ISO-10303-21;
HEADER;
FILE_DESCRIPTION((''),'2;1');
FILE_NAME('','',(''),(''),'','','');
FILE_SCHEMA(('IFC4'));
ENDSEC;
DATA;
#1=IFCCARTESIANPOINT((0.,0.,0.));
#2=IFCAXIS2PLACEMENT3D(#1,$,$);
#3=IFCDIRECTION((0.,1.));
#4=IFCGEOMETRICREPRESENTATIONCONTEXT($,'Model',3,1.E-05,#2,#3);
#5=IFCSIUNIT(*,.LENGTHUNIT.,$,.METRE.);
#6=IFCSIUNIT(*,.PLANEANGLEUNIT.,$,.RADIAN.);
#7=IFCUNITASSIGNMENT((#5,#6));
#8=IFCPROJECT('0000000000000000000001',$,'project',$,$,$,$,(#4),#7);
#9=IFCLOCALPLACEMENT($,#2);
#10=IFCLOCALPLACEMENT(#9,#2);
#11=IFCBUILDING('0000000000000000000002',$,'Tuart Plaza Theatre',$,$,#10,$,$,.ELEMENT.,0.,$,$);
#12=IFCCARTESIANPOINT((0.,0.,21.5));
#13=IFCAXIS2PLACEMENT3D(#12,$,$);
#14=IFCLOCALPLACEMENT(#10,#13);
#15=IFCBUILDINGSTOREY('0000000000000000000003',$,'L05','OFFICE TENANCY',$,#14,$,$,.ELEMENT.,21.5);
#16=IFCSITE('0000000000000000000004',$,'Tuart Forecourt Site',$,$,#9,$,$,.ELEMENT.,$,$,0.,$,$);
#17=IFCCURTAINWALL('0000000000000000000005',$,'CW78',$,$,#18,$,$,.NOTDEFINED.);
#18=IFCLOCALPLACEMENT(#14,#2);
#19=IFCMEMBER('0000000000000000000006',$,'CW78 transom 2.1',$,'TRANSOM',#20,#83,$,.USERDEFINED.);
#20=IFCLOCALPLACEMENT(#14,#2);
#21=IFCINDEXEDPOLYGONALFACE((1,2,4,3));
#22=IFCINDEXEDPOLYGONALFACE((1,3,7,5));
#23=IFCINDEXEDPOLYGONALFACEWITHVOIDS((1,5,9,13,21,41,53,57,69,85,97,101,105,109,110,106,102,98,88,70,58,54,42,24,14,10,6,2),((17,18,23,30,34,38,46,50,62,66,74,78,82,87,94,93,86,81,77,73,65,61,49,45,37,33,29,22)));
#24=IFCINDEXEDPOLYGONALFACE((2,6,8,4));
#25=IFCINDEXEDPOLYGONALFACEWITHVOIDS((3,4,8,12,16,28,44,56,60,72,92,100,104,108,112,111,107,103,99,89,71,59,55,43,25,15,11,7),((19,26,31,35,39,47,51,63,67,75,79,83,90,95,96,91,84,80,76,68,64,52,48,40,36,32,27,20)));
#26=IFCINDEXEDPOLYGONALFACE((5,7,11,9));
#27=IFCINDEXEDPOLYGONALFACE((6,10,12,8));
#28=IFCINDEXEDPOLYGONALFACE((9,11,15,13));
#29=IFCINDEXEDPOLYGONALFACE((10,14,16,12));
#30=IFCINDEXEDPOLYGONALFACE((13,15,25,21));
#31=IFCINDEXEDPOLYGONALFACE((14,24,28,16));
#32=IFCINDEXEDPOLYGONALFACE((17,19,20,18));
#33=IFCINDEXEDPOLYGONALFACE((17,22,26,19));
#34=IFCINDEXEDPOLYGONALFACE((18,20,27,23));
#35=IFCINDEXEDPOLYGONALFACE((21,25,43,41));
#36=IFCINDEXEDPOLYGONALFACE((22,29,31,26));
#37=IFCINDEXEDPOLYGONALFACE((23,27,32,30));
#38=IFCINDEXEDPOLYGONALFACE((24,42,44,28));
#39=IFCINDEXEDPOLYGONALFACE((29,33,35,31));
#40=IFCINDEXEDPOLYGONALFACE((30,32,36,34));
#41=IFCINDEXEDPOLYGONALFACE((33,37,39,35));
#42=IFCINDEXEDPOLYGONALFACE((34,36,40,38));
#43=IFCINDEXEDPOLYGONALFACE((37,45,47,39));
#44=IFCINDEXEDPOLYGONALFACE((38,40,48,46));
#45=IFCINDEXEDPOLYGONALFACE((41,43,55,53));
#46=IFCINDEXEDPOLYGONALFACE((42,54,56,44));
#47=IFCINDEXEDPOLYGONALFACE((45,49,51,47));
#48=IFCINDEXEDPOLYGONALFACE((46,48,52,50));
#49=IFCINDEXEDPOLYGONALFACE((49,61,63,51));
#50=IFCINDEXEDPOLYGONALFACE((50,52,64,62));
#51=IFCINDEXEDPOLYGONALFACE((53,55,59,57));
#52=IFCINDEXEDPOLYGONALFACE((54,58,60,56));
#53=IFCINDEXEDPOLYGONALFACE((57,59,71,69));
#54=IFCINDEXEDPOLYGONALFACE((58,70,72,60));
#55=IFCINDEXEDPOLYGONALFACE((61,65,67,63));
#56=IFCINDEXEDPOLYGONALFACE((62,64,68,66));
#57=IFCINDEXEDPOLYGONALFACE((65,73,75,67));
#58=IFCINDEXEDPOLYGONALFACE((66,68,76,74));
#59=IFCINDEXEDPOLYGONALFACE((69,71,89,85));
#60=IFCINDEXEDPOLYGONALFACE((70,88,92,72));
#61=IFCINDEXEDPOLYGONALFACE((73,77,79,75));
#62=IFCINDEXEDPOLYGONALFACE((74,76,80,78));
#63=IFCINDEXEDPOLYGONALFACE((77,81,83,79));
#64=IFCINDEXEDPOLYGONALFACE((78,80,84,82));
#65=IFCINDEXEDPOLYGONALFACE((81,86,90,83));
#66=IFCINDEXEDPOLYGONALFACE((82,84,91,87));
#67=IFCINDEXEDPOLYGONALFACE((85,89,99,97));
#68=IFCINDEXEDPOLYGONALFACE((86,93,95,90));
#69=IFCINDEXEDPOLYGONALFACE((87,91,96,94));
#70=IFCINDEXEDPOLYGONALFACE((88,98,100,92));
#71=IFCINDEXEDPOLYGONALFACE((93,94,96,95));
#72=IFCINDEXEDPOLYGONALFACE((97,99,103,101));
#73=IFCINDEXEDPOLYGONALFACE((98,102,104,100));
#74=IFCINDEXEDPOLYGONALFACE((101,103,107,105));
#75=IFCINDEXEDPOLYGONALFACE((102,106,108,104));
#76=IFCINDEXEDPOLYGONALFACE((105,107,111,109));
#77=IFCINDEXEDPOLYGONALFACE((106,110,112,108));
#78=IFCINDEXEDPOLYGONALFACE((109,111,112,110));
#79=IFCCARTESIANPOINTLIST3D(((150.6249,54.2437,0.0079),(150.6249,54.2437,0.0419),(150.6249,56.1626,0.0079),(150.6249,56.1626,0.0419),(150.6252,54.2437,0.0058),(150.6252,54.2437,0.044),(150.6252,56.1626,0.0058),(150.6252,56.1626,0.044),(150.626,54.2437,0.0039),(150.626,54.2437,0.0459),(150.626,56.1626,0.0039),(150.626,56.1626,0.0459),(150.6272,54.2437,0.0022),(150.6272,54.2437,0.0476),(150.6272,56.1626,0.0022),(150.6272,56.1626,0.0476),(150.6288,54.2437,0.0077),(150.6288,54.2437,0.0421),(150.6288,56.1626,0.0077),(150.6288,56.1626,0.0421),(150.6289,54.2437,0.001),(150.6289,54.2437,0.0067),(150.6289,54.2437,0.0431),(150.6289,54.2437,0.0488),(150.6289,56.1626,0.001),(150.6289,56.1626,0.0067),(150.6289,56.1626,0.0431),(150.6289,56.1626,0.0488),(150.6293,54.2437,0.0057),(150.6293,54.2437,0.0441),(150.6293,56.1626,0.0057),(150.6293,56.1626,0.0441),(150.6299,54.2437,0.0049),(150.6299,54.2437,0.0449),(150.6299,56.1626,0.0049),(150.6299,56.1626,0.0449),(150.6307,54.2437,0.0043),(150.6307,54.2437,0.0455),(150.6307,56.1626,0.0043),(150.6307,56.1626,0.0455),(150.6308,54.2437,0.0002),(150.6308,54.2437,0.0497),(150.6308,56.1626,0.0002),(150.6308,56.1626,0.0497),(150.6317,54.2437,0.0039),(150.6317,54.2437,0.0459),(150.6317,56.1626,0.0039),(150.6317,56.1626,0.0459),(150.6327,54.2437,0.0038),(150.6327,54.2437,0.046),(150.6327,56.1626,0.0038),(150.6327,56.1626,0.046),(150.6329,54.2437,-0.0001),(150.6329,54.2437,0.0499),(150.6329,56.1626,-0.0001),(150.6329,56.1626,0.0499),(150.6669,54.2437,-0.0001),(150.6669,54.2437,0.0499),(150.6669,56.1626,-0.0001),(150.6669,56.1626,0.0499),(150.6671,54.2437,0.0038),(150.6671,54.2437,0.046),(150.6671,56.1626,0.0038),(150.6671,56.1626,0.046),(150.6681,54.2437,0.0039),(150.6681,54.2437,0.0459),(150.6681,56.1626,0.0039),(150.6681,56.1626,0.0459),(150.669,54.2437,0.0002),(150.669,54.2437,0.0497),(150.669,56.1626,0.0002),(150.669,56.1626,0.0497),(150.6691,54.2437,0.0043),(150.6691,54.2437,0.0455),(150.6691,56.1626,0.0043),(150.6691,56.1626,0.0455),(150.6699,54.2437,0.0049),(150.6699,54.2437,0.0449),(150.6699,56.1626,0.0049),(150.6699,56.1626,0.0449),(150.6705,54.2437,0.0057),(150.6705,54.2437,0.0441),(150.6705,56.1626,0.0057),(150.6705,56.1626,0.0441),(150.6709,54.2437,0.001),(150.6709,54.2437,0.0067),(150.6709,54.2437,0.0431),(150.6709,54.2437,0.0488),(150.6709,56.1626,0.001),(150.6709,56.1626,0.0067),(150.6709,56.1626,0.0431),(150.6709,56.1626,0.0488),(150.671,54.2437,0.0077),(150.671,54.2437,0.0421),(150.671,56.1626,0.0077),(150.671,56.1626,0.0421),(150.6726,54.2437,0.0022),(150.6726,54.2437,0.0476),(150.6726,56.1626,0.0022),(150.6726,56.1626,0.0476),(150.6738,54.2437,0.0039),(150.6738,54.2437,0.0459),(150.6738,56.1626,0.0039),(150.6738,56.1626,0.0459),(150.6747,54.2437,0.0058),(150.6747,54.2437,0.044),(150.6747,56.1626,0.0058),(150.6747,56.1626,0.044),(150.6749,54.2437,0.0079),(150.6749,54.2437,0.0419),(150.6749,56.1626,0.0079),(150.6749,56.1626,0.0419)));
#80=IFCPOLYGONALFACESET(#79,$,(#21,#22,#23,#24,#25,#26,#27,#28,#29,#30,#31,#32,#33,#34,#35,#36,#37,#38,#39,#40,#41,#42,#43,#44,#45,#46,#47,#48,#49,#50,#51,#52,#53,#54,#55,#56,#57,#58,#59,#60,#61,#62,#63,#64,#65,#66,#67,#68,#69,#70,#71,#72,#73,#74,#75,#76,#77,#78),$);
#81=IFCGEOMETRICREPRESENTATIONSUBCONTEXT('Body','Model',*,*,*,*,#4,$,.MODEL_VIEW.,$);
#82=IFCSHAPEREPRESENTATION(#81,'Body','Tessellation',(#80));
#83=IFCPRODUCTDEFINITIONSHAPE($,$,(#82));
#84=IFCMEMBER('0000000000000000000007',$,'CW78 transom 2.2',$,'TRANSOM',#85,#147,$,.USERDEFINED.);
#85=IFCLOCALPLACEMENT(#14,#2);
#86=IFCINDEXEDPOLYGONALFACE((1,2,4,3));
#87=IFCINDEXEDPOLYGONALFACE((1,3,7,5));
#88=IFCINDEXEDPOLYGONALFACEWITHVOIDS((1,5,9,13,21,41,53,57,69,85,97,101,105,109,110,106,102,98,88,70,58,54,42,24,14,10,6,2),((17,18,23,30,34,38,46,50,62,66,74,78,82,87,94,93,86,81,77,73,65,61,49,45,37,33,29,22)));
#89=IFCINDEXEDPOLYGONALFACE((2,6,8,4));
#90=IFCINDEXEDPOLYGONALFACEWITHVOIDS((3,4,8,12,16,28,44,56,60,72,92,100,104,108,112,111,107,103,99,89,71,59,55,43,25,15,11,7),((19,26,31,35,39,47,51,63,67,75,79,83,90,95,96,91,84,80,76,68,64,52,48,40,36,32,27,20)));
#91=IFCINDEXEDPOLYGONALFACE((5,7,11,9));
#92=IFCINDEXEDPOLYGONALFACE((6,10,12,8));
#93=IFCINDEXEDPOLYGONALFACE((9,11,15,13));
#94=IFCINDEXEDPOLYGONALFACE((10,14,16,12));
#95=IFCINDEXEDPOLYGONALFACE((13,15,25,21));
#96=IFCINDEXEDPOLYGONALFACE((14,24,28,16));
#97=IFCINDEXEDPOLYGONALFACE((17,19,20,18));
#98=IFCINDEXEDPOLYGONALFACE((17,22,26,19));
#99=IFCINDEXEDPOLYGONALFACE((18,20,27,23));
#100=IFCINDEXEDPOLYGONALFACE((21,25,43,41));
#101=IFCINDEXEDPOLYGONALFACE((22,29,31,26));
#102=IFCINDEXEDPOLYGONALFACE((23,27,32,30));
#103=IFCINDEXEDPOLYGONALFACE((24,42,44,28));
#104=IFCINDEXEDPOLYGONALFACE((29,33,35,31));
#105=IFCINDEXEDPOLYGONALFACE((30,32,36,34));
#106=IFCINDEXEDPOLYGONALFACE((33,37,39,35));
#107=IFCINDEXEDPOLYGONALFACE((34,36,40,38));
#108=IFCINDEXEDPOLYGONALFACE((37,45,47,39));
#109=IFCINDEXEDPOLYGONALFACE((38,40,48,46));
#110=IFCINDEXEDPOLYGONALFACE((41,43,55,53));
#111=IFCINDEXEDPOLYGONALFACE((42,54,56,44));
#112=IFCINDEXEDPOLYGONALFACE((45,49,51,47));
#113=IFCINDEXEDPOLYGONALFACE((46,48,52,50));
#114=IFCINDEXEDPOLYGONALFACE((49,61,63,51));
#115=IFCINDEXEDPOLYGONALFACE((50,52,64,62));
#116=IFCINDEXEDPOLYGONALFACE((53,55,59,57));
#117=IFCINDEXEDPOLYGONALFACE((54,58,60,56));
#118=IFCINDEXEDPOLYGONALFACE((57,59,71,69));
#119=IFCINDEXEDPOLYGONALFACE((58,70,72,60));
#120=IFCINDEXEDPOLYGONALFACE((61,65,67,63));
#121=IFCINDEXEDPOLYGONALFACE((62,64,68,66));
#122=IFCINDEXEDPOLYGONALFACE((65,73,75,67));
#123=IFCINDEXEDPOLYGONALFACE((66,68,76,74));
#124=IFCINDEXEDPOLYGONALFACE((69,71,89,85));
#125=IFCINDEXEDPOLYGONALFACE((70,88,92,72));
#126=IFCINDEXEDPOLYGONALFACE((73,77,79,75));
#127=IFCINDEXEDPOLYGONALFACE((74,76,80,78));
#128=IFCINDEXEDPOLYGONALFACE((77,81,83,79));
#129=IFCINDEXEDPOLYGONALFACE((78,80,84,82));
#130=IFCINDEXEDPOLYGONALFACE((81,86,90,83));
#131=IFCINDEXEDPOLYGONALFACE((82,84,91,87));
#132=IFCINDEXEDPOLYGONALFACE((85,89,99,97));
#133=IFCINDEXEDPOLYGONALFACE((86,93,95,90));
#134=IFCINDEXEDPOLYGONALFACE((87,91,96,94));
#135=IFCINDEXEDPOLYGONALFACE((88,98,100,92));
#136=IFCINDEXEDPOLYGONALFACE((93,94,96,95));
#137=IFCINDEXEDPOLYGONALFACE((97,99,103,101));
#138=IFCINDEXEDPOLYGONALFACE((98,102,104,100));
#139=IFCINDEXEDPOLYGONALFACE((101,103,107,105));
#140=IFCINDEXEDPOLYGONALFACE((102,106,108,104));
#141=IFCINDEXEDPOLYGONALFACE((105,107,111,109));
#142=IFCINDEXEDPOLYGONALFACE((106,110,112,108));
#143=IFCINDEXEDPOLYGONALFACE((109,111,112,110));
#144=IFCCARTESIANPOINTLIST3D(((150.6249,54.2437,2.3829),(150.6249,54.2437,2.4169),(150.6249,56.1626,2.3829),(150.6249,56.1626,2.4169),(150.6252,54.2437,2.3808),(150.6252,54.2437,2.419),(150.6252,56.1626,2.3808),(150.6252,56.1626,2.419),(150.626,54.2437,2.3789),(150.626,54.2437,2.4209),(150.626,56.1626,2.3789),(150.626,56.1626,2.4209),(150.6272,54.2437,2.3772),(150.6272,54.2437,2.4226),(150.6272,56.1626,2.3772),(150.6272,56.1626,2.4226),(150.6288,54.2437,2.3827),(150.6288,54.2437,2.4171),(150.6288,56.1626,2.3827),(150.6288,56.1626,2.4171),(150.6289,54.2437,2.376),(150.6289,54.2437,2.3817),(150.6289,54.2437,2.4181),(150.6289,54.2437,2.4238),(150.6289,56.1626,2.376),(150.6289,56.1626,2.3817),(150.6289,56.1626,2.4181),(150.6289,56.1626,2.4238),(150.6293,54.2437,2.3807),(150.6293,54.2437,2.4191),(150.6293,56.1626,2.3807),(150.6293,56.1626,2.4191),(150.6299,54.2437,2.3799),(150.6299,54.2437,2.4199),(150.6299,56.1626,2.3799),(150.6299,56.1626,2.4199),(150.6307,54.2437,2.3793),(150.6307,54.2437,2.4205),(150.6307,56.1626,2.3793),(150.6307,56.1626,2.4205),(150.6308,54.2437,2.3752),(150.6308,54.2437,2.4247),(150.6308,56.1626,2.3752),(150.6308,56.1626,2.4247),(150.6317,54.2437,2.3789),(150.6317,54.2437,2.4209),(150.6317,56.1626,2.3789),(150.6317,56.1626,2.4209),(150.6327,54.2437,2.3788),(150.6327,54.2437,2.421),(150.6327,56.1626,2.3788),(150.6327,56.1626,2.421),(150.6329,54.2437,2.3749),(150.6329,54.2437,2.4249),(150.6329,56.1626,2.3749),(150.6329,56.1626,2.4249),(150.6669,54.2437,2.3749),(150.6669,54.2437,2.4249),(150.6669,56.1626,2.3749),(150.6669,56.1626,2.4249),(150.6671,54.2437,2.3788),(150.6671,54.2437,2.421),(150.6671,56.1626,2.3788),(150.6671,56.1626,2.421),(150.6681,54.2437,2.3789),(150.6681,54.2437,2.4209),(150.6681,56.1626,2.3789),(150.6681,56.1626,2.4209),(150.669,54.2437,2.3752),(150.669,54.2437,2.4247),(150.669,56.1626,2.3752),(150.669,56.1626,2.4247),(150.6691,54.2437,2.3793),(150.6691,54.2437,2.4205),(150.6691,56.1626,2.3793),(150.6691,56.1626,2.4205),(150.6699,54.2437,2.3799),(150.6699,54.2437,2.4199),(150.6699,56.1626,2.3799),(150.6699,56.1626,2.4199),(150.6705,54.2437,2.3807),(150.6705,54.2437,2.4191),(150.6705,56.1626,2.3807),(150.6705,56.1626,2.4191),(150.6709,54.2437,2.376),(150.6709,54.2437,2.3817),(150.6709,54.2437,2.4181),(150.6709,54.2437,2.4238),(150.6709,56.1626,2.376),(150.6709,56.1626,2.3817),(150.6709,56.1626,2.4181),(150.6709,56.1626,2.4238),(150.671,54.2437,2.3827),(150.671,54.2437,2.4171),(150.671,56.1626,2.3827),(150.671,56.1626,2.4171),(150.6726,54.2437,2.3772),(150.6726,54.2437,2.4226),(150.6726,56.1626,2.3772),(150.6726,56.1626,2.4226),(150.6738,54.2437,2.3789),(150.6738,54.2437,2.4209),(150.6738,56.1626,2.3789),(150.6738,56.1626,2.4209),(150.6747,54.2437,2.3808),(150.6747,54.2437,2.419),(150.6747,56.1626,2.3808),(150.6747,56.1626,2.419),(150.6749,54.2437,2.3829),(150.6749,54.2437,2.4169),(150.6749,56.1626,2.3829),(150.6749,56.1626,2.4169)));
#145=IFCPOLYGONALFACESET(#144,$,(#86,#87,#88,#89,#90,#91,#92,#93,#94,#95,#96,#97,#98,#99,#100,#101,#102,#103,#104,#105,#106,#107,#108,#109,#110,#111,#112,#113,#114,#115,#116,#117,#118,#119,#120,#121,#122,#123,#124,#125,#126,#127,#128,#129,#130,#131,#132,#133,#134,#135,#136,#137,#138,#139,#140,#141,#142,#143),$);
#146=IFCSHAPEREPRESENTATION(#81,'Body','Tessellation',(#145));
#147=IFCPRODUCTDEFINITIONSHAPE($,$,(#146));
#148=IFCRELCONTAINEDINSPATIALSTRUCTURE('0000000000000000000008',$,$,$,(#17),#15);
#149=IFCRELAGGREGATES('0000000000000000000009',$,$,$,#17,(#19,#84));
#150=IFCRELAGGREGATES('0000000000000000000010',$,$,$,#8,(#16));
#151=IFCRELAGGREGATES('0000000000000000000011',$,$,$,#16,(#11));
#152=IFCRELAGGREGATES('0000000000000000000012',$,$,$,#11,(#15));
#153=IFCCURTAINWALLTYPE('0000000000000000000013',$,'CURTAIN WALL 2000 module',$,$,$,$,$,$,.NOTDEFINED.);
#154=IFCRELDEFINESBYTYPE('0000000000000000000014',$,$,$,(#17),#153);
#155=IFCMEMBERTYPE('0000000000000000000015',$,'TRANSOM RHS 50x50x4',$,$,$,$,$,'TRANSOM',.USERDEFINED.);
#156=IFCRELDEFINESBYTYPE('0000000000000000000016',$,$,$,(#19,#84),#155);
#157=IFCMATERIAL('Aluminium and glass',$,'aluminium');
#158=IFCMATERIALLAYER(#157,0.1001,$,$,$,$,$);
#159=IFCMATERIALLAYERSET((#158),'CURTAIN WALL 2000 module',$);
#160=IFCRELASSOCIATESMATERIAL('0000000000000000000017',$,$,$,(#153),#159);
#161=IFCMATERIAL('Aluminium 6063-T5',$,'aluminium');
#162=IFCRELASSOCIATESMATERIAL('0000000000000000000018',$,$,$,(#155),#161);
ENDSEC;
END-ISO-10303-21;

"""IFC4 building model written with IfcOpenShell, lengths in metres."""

from ifc_helpers import new_model, si_unit, direction, frame, origin, origin_2d, place, context, subcontext, project, spatial, hollow_rectangle, extrude, material, layer, layer_set, material_profile, profile_set, type_object, element, aggregate, save


model = new_model("IFC4")

# Units and contexts
model_context = context("Model", 3, precision=1e-05, world=origin(), true_north=direction((0.0, 1.0)))
body_context = subcontext(model_context, "Body", "Model", "MODEL_VIEW")
ifc_project = project(units=[si_unit("LENGTHUNIT", "METRE"), si_unit("PLANEANGLEUNIT", "RADIAN")], contexts=[model_context])

# Site, building, storey
site_placement = place(None, origin())
site = spatial("IfcSite", under=ifc_project, at=site_placement, Name="Tuart Forecourt Site", CompositionType="ELEMENT", RefElevation=0.0)
building_placement = place(site_placement, origin())
building = spatial("IfcBuilding", under=site, at=building_placement, Name="Tuart Plaza Theatre", CompositionType="ELEMENT", ElevationOfRefHeight=0.0)
storey_placement = place(building_placement, frame((0.0, 0.0, 21.5)))
storey = spatial("IfcBuildingStorey", under=building, at=storey_placement, Name="L05", Description="OFFICE TENANCY", CompositionType="ELEMENT", Elevation=21.5)

# Curtain wall
ifc_material_1 = material(Name="Aluminium and glass", Category="aluminium")
ifc_layer_1 = layer(ifc_material_1, 0.1001)
ifc_layer_set_1 = layer_set([ifc_layer_1], Name="CURTAIN WALL 2000 module")
curtain_wall_type = type_object("IfcCurtainWallType", Name="CURTAIN WALL 2000 module", PredefinedType="NOTDEFINED", material=ifc_layer_set_1)
curtain_wall_1_placement = place(storey_placement, origin())
curtain_wall_1 = element("IfcCurtainWall", 1, at=curtain_wall_1_placement, inside=storey, type_object=curtain_wall_type, Name="CW78", PredefinedType="NOTDEFINED")

# Members
ifc_material_2 = material(Name="Aluminium 6063-T5", Category="aluminium")
ifc_material_profile_1 = material_profile(ifc_material_2, hollow_rectangle(XDim=0.05, YDim=0.05, WallThickness=0.0039, InnerFilletRadius=0.0039, OuterFilletRadius=0.0081, at=origin_2d()), Name="RHS 50x50x4")
ifc_profile_set_1 = profile_set([ifc_material_profile_1], Name="Aluminium 6063-T5")
member_type_1 = type_object("IfcMemberType", Name="TRANSOM RHS 50x50x4", ElementType="TRANSOM", PredefinedType="USERDEFINED", material=ifc_profile_set_1)
member_1_placement = place(storey_placement, frame((150.6499, 54.2437, 0.0249), z_axis=(0.0, 1.0, 0.0), x_axis=(-1.0, 0.0, 0.0)))
member_1 = element("IfcMember", 2, at=member_1_placement, type_object=member_type_1, Name="CW78 transom 2.1", ObjectType="TRANSOM", PredefinedType="USERDEFINED", context=body_context, shape_type="SweptSolid", body=[
    extrude(hollow_rectangle(XDim=0.05, YDim=0.05, WallThickness=0.0039, InnerFilletRadius=0.0039, OuterFilletRadius=0.0081, at=origin_2d()), origin(), (0.0, 0.0, 1.0), 1.9189),
])
member_2_placement = place(storey_placement, frame((150.6499, 54.2437, 2.3999), z_axis=(0.0, 1.0, 0.0), x_axis=(-1.0, 0.0, 0.0)))
member_2 = element("IfcMember", 3, at=member_2_placement, type_object=member_type_1, Name="CW78 transom 2.2", ObjectType="TRANSOM", PredefinedType="USERDEFINED", context=body_context, shape_type="SweptSolid", body=[
    extrude(hollow_rectangle(XDim=0.05, YDim=0.05, WallThickness=0.0039, InnerFilletRadius=0.0039, OuterFilletRadius=0.0081, at=origin_2d()), origin(), (0.0, 0.0, 1.0), 1.9189),
])

aggregate(curtain_wall_1, [member_1, member_2])

save(model, "model.ifc")
